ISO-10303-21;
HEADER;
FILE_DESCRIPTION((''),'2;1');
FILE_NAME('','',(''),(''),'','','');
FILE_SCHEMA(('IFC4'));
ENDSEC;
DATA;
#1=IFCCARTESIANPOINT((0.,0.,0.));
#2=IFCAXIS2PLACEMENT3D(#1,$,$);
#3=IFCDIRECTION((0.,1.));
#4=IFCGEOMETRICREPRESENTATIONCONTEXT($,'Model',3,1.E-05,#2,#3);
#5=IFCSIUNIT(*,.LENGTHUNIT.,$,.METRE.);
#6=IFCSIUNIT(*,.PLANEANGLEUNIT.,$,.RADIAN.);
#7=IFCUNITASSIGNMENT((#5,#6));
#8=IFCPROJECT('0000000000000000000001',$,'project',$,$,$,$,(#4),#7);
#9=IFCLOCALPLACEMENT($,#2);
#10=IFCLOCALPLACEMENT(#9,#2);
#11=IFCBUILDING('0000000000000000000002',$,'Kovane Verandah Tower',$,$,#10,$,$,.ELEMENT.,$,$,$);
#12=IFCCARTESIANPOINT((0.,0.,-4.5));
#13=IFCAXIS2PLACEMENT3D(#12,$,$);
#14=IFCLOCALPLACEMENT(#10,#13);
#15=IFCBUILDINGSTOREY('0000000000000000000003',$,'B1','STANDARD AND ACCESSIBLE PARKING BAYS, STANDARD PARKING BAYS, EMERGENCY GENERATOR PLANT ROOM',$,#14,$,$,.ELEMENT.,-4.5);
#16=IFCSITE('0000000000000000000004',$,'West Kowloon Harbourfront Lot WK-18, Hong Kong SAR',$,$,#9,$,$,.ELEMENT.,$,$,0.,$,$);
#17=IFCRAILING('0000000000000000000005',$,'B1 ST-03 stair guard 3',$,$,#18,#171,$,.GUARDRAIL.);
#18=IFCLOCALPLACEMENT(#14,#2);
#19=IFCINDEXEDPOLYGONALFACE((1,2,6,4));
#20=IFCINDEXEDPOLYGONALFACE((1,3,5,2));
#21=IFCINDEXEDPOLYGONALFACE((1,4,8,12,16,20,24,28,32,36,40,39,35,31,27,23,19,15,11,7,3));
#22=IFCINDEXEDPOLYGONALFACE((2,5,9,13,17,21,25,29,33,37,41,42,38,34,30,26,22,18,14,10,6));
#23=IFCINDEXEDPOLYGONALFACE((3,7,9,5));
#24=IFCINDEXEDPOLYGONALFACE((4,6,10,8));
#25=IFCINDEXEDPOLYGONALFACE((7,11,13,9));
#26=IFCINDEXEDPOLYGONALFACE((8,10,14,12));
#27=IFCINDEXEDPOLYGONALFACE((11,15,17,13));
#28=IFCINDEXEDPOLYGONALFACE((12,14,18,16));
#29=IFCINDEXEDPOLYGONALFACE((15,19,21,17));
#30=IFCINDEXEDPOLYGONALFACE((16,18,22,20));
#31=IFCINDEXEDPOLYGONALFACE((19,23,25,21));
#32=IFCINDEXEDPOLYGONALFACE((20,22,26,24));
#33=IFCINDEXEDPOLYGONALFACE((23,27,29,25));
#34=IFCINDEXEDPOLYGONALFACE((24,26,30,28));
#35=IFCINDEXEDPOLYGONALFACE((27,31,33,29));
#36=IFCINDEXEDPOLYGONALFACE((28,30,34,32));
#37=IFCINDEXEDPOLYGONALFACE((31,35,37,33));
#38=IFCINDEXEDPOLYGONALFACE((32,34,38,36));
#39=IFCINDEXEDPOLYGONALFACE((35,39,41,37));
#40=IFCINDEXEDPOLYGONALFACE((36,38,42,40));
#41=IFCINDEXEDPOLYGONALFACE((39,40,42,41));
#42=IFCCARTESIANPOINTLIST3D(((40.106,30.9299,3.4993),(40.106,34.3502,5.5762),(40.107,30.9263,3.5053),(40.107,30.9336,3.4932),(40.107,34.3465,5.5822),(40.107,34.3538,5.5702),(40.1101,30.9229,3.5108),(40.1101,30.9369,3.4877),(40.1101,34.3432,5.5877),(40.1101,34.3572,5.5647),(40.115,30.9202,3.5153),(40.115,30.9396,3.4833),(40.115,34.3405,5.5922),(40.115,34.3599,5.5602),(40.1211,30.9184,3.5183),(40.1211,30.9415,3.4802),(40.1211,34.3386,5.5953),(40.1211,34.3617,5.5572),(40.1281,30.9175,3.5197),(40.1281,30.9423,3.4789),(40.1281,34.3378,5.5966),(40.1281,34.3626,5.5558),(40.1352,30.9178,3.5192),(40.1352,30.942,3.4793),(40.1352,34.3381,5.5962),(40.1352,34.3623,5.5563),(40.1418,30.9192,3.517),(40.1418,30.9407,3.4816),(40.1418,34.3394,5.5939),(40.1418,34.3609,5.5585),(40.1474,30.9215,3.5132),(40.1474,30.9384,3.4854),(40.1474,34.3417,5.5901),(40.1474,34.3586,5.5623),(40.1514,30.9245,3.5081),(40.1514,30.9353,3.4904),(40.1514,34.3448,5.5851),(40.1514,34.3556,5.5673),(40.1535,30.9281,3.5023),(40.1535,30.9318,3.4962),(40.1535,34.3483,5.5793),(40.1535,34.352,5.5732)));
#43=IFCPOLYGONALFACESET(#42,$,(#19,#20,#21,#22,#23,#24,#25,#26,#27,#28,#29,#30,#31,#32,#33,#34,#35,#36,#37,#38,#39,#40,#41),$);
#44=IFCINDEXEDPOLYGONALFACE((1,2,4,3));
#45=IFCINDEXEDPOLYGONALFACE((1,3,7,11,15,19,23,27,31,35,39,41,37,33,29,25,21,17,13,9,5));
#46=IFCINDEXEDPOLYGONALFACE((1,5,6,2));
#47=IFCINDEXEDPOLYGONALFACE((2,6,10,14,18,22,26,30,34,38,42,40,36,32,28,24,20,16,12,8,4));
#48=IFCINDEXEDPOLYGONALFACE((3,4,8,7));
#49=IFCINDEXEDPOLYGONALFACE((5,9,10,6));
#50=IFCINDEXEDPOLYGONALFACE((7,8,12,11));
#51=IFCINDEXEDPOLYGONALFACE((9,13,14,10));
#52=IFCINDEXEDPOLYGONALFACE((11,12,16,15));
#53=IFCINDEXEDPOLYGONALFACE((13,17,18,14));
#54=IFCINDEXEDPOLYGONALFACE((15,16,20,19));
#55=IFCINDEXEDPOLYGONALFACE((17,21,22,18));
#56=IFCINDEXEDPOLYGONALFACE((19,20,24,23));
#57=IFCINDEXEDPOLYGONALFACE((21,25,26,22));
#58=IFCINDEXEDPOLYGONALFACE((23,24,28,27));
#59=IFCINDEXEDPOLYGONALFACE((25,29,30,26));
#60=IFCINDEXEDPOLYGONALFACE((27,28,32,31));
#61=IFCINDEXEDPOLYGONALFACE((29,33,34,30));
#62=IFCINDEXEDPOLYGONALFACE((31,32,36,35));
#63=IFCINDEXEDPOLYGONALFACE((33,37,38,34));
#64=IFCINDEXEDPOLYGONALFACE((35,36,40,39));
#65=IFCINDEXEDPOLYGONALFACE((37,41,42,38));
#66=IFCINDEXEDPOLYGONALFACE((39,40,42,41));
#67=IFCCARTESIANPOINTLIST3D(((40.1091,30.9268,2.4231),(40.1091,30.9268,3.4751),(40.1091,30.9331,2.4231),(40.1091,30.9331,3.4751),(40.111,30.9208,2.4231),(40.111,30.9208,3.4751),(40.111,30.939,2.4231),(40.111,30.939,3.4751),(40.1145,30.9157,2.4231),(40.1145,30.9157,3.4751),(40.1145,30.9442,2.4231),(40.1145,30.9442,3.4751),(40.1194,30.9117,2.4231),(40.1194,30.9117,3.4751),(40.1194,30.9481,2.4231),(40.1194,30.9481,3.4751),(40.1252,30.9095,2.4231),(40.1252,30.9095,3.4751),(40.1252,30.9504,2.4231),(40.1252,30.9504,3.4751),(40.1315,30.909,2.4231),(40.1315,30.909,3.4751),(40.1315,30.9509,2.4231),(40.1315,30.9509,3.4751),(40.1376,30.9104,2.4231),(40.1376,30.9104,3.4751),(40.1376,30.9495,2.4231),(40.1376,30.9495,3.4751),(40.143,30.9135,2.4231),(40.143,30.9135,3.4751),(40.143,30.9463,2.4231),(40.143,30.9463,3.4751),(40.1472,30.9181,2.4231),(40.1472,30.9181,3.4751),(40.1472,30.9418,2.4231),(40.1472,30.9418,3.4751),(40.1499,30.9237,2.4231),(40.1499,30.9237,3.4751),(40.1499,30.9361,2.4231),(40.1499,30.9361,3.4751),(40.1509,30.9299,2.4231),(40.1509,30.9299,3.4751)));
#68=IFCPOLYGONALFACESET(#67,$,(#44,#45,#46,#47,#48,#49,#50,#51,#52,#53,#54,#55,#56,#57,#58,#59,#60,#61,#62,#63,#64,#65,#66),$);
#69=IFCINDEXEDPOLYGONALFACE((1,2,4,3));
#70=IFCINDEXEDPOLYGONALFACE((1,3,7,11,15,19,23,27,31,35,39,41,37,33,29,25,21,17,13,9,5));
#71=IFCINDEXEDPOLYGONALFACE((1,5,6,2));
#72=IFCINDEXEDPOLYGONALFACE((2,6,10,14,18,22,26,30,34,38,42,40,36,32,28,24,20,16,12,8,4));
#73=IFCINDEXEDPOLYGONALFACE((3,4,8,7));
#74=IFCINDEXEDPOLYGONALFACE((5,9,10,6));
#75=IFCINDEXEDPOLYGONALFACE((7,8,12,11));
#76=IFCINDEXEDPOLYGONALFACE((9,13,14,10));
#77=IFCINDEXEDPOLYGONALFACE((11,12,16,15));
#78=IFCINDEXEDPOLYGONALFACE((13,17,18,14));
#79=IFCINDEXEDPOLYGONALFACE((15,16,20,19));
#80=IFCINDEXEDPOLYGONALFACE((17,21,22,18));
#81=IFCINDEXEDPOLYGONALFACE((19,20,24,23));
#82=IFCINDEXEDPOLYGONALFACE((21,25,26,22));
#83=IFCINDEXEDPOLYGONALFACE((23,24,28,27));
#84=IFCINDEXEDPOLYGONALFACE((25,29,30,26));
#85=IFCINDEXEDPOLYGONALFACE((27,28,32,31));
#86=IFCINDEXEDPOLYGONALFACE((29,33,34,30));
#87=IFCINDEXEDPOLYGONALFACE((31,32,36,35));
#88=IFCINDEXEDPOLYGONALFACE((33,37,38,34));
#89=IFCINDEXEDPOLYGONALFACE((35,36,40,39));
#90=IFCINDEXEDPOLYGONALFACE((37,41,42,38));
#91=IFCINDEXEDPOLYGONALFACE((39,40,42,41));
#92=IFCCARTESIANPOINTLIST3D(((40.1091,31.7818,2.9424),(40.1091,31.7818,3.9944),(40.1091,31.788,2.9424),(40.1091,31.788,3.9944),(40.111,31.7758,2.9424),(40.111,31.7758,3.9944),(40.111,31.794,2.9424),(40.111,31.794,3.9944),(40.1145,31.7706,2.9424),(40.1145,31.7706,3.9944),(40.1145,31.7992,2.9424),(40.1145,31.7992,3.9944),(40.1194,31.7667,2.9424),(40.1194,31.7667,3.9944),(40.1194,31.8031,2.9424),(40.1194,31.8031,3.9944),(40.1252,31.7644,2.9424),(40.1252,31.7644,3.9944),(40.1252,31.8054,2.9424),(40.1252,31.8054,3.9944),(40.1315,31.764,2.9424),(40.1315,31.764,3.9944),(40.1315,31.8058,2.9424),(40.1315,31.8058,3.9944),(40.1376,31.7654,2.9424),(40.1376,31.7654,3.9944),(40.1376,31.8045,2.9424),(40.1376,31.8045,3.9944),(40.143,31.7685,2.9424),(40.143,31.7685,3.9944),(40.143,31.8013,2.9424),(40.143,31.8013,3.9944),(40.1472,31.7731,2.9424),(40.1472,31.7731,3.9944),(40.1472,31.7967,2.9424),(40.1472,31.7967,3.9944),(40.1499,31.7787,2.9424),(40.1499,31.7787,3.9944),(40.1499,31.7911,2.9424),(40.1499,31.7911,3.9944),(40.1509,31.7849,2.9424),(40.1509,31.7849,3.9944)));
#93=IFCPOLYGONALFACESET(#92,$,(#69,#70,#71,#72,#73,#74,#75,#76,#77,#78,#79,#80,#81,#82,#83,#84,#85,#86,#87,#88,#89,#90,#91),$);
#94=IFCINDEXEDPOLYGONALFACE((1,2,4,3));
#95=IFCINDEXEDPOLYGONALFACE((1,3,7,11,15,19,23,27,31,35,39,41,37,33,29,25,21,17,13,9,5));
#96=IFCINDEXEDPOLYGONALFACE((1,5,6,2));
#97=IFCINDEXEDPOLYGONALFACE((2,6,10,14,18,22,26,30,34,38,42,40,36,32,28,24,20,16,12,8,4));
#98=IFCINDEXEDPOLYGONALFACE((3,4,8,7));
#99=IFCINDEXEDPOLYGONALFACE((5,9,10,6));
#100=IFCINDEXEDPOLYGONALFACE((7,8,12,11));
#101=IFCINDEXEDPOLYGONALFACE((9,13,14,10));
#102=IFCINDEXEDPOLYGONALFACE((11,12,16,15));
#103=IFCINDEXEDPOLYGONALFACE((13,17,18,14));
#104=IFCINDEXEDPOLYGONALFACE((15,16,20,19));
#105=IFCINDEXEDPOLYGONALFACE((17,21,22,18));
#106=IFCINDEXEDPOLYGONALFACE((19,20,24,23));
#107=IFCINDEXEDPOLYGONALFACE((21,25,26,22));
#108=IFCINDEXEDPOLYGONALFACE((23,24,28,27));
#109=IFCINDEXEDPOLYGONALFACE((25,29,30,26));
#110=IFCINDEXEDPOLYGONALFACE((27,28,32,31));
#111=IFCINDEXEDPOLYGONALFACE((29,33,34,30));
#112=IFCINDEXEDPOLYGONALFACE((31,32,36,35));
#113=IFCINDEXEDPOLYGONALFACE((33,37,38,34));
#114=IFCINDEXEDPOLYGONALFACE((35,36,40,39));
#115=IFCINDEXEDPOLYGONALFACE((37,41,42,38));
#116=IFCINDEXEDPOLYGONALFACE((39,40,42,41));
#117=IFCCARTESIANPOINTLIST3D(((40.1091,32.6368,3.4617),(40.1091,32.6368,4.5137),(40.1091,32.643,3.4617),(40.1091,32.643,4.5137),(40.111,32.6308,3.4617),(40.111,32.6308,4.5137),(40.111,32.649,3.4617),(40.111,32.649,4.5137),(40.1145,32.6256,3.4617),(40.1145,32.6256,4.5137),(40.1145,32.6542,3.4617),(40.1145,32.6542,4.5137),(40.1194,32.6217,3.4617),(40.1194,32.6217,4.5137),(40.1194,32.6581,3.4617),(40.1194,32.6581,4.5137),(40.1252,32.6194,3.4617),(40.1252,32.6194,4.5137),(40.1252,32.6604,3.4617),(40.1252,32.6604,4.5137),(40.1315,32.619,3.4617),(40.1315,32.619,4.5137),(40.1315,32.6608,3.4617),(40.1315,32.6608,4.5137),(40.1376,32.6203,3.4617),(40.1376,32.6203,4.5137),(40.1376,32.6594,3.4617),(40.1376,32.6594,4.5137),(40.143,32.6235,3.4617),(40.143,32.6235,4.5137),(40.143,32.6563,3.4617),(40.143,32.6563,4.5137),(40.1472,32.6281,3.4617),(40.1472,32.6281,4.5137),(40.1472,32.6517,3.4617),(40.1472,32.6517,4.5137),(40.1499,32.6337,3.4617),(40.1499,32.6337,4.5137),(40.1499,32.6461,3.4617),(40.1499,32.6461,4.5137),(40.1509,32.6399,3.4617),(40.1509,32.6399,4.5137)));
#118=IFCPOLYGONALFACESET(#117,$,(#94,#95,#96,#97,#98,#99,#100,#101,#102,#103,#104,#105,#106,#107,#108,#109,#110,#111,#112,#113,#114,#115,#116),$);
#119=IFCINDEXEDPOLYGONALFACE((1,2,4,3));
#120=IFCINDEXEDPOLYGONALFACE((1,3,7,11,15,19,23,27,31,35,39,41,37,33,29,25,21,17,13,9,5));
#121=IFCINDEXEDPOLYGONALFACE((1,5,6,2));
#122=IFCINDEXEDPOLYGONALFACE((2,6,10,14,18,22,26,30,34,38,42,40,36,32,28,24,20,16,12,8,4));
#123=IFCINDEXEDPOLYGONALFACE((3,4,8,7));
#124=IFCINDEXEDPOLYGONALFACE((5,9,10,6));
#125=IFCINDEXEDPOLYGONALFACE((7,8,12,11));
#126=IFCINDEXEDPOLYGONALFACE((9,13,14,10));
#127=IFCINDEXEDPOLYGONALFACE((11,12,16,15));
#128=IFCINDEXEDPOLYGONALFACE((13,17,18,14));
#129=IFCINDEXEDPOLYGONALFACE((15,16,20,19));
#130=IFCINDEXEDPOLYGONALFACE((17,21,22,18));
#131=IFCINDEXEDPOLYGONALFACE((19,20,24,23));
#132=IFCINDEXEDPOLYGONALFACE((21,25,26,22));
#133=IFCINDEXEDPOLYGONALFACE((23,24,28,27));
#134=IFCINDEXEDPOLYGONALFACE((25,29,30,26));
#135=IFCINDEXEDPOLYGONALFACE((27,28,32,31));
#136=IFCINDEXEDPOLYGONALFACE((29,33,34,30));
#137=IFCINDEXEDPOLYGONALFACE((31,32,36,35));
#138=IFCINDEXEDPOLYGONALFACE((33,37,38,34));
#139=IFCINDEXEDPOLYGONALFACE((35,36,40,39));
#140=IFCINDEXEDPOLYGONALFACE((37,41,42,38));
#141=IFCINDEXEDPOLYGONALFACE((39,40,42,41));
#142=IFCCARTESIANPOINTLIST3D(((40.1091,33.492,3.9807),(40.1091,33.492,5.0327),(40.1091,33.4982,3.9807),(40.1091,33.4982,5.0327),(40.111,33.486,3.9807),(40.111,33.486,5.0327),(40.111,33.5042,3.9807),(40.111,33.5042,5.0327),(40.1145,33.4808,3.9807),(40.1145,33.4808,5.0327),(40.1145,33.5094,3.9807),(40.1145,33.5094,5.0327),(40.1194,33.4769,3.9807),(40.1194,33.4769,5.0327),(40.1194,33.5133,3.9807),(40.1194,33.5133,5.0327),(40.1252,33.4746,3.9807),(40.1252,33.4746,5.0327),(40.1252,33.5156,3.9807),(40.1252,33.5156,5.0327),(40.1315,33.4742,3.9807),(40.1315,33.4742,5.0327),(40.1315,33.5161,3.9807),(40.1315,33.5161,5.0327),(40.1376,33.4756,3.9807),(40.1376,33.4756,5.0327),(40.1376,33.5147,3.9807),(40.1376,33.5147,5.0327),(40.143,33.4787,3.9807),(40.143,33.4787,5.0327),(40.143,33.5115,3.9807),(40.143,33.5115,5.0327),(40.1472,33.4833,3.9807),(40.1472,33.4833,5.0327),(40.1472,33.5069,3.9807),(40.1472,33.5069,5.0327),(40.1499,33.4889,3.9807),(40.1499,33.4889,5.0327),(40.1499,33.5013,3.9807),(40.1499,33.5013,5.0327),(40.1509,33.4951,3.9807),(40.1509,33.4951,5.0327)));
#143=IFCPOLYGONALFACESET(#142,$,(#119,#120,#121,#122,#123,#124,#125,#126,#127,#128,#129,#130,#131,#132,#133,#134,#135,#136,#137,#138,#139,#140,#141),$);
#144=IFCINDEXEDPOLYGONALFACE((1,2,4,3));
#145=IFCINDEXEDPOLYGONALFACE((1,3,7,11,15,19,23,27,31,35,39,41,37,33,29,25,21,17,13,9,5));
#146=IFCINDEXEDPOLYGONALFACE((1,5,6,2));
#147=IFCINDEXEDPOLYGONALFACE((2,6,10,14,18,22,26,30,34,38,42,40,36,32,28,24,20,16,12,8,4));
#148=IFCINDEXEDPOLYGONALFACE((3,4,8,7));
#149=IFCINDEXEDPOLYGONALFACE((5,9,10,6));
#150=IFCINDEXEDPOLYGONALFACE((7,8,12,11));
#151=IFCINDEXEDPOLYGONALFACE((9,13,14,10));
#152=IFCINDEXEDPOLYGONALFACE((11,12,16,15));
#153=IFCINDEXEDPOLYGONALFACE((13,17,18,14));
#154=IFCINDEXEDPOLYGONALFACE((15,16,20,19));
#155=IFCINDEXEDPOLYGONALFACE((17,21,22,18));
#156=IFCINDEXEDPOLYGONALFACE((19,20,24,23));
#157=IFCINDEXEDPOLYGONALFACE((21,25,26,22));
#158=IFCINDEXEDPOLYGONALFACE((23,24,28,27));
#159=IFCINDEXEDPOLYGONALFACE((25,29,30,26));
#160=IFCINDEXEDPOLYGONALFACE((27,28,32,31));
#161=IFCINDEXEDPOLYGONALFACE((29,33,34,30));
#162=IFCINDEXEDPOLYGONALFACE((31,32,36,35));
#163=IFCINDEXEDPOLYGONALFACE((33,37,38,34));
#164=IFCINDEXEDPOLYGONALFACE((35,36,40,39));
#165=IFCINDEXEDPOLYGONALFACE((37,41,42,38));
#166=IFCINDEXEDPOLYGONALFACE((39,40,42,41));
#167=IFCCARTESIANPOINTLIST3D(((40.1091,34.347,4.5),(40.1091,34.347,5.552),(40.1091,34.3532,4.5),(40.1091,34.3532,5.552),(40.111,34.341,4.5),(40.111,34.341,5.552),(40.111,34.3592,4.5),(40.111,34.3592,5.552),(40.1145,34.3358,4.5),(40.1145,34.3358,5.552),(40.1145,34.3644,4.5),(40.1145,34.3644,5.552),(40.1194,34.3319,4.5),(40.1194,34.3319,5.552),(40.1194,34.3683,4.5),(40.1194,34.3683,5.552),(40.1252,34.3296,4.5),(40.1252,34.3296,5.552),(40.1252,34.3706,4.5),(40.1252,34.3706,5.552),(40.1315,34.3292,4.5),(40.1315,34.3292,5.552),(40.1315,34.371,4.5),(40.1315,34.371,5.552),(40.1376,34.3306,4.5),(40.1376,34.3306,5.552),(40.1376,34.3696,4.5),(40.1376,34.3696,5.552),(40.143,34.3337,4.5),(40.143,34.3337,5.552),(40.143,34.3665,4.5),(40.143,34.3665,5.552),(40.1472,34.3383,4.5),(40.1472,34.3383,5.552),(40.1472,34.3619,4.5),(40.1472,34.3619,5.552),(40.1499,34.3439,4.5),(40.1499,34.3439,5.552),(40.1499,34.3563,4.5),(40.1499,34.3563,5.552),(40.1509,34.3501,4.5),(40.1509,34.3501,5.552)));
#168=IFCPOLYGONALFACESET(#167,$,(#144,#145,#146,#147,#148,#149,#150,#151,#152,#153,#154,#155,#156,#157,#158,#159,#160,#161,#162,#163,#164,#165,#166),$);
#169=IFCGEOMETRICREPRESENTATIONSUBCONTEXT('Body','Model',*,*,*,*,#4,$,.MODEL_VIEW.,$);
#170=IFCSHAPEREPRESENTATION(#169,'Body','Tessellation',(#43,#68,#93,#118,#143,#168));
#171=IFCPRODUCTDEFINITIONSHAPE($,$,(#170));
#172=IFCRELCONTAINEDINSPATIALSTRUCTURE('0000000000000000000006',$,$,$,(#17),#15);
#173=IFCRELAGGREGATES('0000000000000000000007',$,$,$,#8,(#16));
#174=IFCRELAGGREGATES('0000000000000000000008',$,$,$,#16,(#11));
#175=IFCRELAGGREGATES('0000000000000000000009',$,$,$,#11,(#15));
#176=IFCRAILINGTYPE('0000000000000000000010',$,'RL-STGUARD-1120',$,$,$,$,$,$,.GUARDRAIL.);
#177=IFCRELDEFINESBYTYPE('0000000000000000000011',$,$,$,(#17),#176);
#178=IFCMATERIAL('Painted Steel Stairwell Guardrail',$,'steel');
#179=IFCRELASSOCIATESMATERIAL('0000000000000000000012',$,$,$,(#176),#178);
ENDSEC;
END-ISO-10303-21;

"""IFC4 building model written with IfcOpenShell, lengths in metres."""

from ifc_helpers import new_model, si_unit, direction, frame, origin, origin_2d, place, context, subcontext, project, spatial, circle, extrude, material, type_object, element, save


model = new_model("IFC4")

# Units and contexts
model_context = context("Model", 3, precision=1e-05, world=origin(), true_north=direction((0.0, 1.0)))
body_context = subcontext(model_context, "Body", "Model", "MODEL_VIEW")
ifc_project = project(units=[si_unit("LENGTHUNIT", "METRE"), si_unit("PLANEANGLEUNIT", "RADIAN")], contexts=[model_context])

# Site, building, storey
site_placement = place(None, origin())
site = spatial("IfcSite", under=ifc_project, at=site_placement, Name="West Kowloon Harbourfront Lot WK-18, Hong Kong SAR", CompositionType="ELEMENT", RefElevation=0.0)
building_placement = place(site_placement, origin())
building = spatial("IfcBuilding", under=site, at=building_placement, Name="Kovane Verandah Tower", CompositionType="ELEMENT")
storey_placement = place(building_placement, frame((0.0, 0.0, -4.5)))
storey = spatial("IfcBuildingStorey", under=building, at=storey_placement, Name="B1", Description="STANDARD AND ACCESSIBLE PARKING BAYS, STANDARD PARKING BAYS, EMERGENCY GENERATOR PLANT ROOM", CompositionType="ELEMENT", Elevation=-4.5)

# Railing
ifc_material_1 = material(Name="Painted Steel Stairwell Guardrail", Category="steel")
railing_type_1 = type_object("IfcRailingType", Name="RL-STGUARD-1120", PredefinedType="GUARDRAIL", material=ifc_material_1)
railing_1_placement = place(storey_placement, frame((40.1299, 30.9299, 2.4231)))
element("IfcRailing", 1, at=railing_1_placement, inside=storey, type_object=railing_type_1, Name="B1 ST-03 stair guard 3", PredefinedType="GUARDRAIL", context=body_context, shape_type="SweptSolid", body=[
    extrude(circle(Radius=0.0239, at=origin_2d()), frame((0.0, 0.0, 1.0762), z_axis=(0.0, 0.854746, 0.519047), x_axis=(-1.0, 0.0, 0.0)), (0.0, 0.0, 1.0), 4.0015),
    extrude(circle(Radius=0.021, at=origin_2d()), origin(), (0.0, 0.0, 1.0), 1.052),
    extrude(circle(Radius=0.021, at=origin_2d()), frame((0.0, 0.855, 0.5193)), (0.0, 0.0, 1.0), 1.052),
    extrude(circle(Radius=0.021, at=origin_2d()), frame((0.0, 1.71, 1.0386)), (0.0, 0.0, 1.0), 1.052),
    extrude(circle(Radius=0.021, at=origin_2d()), frame((0.0, 2.5652, 1.5576)), (0.0, 0.0, 1.0), 1.052),
    extrude(circle(Radius=0.021, at=origin_2d()), frame((0.0, 3.4202, 2.0769)), (0.0, 0.0, 1.0), 1.052),
])

save(model, "model.ifc")
